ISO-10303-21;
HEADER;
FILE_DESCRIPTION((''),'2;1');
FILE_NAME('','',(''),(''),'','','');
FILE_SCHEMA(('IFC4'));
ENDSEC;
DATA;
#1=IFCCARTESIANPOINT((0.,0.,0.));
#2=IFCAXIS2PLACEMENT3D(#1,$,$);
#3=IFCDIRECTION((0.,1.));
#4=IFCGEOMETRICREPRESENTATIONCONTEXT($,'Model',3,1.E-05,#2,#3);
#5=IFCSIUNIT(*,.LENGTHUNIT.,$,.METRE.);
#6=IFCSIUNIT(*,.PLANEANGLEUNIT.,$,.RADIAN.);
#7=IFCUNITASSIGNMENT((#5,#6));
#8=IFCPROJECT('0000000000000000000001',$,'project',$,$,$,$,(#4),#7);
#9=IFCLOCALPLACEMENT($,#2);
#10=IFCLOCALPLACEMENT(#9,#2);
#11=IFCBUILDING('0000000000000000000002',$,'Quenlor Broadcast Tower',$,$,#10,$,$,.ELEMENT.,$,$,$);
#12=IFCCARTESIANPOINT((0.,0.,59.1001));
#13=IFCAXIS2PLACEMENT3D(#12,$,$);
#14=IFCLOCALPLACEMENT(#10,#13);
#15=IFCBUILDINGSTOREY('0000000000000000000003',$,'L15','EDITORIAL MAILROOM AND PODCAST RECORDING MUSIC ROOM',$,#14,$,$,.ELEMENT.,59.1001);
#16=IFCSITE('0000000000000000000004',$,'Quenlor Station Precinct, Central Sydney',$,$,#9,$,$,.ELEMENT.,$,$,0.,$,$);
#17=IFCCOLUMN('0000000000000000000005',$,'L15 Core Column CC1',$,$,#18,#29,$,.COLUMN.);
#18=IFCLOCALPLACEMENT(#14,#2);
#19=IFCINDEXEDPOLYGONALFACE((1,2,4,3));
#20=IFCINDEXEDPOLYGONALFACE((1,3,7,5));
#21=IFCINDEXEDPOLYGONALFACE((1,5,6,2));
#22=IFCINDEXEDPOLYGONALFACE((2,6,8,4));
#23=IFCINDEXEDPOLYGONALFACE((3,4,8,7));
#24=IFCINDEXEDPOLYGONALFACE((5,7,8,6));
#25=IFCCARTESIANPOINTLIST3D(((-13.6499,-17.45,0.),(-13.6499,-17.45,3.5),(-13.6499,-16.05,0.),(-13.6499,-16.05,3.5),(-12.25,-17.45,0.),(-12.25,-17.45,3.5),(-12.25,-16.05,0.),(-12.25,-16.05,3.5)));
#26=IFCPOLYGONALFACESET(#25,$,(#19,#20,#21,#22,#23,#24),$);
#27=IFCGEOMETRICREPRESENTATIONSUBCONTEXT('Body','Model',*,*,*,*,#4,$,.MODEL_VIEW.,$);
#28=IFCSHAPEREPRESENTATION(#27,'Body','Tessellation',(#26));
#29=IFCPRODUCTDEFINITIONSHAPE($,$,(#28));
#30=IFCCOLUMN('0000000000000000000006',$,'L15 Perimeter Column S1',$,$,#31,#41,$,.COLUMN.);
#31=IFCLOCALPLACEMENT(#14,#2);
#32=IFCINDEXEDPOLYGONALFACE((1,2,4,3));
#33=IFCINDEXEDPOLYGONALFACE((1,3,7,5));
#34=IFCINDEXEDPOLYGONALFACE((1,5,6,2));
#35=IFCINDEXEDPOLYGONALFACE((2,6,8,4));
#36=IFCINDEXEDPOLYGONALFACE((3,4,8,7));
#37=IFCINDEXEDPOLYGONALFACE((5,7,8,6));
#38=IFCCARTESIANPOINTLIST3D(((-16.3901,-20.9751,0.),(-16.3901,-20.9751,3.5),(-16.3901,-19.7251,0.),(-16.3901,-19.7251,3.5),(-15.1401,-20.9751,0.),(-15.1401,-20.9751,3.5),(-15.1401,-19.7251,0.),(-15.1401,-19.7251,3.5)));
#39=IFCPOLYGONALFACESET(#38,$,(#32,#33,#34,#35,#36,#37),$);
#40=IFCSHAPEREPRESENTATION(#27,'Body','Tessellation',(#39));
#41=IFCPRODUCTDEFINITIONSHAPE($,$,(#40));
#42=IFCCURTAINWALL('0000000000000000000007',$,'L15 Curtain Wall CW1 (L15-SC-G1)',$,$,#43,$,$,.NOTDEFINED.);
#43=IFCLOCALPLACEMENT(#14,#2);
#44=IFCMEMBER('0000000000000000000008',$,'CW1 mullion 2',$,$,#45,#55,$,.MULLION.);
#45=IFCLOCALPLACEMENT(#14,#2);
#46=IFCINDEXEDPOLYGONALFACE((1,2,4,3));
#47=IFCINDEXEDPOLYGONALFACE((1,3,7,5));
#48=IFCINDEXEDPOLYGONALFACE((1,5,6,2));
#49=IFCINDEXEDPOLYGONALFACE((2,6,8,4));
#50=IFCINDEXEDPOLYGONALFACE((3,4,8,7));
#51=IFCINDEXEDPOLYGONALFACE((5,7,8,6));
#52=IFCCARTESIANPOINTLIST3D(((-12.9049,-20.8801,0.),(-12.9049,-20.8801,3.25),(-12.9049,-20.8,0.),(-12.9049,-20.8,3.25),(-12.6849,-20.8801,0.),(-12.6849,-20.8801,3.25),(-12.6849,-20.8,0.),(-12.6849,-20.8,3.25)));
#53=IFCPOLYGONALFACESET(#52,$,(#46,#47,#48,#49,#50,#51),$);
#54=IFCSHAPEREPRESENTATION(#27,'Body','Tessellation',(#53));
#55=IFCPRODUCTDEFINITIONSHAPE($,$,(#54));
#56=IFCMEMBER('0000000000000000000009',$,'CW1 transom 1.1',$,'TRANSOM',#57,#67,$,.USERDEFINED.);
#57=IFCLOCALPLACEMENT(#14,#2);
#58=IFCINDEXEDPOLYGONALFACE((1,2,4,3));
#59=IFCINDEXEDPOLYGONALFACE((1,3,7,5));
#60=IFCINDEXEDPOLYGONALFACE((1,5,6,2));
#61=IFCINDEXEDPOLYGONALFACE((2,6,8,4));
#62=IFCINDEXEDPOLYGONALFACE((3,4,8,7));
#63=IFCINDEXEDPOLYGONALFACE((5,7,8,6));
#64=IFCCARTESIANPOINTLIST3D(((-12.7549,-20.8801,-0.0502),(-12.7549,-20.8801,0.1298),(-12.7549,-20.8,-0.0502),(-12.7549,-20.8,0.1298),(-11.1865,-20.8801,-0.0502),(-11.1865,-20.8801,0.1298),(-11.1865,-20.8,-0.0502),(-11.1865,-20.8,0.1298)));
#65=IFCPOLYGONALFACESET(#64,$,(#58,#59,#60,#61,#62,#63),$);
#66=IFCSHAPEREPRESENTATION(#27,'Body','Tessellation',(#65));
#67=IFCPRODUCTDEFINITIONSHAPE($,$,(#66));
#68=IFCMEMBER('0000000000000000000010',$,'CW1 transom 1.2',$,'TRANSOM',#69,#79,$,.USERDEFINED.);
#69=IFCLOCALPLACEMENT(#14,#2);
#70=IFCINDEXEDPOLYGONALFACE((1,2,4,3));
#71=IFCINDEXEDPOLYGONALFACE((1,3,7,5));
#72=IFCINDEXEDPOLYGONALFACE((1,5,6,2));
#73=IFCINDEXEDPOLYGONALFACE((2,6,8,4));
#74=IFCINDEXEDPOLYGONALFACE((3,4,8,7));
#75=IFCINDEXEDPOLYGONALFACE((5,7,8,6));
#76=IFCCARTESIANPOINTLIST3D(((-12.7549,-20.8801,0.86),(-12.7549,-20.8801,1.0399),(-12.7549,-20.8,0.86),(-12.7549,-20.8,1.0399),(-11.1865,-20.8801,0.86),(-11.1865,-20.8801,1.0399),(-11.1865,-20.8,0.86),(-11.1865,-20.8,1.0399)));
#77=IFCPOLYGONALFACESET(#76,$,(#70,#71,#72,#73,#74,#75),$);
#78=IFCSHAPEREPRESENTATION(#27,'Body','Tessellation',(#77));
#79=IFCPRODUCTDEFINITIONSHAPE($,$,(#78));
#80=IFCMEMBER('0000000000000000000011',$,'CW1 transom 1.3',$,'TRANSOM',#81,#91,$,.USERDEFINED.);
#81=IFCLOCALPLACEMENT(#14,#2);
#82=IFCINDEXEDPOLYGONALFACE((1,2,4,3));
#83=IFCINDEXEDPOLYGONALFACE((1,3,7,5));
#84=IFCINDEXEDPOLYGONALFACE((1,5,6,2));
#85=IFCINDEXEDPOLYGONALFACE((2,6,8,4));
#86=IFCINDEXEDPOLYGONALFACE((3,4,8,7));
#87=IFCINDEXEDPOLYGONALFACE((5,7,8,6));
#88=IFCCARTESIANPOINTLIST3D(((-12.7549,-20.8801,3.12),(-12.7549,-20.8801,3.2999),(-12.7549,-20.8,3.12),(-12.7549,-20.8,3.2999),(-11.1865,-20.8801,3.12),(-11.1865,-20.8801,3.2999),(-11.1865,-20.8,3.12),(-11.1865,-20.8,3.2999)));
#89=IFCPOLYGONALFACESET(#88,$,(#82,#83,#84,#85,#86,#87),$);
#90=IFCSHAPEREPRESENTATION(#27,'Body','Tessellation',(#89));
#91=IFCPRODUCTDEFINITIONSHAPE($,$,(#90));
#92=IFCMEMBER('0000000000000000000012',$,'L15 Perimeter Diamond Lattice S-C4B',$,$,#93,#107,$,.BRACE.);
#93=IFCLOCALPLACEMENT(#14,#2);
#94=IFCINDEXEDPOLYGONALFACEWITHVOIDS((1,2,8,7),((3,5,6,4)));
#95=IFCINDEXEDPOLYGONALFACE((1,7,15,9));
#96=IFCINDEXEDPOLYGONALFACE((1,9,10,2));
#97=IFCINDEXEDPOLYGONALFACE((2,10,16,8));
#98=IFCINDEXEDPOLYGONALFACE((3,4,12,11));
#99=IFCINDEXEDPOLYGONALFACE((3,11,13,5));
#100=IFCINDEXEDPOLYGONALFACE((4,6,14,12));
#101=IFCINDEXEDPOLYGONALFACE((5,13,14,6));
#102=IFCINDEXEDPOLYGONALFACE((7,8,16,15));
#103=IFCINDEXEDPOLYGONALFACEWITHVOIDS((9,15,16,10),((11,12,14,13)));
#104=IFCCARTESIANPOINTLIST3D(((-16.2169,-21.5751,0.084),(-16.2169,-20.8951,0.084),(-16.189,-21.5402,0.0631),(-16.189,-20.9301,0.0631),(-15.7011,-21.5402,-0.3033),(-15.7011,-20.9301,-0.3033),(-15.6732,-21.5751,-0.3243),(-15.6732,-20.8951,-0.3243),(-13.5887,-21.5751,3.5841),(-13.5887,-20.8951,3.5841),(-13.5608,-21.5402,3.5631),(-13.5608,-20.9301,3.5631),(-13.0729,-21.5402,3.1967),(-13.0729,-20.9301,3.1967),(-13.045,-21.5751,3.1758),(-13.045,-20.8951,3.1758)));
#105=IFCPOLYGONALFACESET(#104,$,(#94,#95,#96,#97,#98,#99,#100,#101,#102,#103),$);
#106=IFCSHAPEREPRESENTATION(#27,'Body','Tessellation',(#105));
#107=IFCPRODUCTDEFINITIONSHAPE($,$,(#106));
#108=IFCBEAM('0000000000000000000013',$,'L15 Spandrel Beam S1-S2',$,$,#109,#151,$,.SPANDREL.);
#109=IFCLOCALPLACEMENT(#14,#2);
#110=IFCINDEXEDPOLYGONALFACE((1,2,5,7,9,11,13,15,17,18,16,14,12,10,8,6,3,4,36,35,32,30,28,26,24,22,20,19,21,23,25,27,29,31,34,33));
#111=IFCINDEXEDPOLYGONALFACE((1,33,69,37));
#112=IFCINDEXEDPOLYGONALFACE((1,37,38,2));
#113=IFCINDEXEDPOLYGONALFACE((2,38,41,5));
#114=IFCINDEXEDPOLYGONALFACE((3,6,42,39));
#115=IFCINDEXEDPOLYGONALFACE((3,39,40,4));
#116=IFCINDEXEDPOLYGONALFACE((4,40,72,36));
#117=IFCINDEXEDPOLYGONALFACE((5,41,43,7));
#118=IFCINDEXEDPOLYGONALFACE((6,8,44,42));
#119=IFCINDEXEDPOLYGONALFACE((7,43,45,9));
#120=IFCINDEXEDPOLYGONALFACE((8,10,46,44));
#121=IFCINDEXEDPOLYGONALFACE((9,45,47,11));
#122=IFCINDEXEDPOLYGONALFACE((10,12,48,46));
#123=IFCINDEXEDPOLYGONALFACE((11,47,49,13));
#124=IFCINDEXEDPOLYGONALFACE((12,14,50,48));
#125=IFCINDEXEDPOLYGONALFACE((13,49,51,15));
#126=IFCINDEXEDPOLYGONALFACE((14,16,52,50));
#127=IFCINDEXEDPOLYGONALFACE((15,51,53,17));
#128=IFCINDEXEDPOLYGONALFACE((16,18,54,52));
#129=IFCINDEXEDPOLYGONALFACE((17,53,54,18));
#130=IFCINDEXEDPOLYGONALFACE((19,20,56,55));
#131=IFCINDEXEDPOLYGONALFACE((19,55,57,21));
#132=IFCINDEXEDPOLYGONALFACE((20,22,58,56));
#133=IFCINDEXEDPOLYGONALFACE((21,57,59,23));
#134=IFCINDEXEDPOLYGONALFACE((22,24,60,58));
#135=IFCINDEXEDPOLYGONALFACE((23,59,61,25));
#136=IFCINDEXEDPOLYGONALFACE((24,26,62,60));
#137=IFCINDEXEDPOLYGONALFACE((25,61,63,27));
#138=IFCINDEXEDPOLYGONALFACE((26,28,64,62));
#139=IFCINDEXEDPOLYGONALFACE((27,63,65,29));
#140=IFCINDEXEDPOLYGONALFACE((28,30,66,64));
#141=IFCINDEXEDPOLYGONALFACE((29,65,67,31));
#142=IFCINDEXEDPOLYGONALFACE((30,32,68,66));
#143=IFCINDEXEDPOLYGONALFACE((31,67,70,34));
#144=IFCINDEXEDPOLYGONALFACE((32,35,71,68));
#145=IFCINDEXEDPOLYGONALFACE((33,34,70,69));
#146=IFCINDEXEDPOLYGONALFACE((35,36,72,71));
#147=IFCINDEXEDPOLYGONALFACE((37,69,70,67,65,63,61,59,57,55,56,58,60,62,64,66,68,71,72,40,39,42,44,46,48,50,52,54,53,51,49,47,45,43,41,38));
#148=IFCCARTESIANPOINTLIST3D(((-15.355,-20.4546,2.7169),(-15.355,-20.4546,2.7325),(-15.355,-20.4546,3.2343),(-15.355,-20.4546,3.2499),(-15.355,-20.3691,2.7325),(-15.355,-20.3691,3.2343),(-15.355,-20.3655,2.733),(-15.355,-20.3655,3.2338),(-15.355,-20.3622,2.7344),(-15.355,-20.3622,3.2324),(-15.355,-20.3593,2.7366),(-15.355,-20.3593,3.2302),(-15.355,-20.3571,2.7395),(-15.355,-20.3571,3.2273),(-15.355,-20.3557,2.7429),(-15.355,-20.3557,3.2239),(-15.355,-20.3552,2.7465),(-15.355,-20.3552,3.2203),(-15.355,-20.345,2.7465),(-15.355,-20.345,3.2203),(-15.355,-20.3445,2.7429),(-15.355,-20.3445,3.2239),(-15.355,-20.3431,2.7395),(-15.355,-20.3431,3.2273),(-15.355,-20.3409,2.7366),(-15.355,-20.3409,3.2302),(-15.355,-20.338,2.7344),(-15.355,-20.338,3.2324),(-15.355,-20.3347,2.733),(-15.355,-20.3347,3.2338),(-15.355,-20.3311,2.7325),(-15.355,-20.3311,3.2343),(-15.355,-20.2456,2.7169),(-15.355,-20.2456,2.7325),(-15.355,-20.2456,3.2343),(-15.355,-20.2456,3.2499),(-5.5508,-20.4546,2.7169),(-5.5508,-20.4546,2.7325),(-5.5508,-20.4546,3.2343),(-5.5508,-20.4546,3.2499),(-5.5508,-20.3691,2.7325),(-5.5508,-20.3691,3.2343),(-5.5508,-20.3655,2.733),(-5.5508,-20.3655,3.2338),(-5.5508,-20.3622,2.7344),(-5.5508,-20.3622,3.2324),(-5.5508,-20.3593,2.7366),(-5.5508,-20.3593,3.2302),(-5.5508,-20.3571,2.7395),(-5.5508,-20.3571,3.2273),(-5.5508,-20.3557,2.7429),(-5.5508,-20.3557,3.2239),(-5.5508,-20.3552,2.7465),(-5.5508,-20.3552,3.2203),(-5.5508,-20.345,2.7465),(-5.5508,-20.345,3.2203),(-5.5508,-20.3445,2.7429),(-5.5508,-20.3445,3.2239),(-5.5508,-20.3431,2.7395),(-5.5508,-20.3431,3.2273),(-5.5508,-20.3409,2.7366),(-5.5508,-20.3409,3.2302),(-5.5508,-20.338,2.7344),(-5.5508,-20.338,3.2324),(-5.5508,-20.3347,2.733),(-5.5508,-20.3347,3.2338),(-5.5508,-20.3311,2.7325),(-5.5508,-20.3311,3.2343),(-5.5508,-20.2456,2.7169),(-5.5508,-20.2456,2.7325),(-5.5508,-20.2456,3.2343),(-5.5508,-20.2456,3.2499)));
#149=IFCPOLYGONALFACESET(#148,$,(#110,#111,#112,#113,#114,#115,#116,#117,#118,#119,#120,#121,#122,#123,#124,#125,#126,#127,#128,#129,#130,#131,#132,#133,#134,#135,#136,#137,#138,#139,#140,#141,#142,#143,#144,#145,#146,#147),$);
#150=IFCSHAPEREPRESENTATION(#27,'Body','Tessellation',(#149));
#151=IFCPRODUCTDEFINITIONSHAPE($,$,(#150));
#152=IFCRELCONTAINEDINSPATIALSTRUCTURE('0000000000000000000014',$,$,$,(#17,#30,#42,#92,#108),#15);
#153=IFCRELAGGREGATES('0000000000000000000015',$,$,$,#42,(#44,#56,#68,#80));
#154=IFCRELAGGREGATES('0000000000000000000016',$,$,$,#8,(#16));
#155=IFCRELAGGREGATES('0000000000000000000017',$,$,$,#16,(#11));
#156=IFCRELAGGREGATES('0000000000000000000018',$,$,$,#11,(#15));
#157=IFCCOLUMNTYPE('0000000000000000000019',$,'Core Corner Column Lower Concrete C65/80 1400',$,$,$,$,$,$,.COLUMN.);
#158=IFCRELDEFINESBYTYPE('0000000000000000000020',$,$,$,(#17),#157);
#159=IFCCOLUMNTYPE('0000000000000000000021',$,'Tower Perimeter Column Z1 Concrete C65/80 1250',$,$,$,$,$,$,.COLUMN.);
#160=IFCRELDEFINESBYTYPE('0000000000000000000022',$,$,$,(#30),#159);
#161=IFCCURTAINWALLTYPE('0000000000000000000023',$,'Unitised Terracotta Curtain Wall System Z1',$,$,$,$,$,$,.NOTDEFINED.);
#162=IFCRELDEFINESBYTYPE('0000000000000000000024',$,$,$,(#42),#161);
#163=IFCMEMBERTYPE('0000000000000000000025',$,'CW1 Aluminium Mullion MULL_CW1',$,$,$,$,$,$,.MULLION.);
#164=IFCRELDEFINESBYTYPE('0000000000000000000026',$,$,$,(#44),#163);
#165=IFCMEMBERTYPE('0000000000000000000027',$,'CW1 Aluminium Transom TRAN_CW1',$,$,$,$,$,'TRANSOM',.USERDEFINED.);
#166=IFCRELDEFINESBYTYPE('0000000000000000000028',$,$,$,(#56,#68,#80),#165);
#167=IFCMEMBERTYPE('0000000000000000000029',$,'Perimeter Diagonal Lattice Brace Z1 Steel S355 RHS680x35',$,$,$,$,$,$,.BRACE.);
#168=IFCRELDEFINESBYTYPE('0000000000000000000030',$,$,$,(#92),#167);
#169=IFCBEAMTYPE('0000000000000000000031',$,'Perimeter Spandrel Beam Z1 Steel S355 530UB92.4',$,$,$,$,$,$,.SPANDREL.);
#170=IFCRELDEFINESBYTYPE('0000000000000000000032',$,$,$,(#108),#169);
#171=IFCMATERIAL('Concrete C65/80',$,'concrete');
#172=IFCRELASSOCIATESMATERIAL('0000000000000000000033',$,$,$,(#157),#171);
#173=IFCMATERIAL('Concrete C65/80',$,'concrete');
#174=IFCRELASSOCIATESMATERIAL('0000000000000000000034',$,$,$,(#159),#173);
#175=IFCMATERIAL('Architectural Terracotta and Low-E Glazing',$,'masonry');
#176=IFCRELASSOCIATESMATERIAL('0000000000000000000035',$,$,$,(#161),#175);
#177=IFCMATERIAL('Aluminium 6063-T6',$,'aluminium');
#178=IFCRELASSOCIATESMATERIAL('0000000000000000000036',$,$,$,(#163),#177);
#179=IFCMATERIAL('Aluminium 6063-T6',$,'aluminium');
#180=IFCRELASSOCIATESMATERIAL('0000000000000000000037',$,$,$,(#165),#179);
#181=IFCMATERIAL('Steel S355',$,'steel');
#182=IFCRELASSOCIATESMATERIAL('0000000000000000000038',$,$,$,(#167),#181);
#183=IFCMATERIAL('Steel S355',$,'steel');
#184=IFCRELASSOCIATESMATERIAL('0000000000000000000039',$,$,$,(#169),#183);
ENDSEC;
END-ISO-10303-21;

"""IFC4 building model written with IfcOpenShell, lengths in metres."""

from ifc_helpers import new_model, si_unit, direction, frame, origin, origin_2d, place, context, subcontext, project, spatial, rectangle, hollow_rectangle, i_section, extrude, material, material_profile, profile_set, type_object, element, aggregate, save


model = new_model("IFC4")

# Units and contexts
model_context = context("Model", 3, precision=1e-05, world=origin(), true_north=direction((0.0, 1.0)))
body_context = subcontext(model_context, "Body", "Model", "MODEL_VIEW")
ifc_project = project(units=[si_unit("LENGTHUNIT", "METRE"), si_unit("PLANEANGLEUNIT", "RADIAN")], contexts=[model_context])

# Site, building, storey
site_placement = place(None, origin())
site = spatial("IfcSite", under=ifc_project, at=site_placement, Name="Quenlor Station Precinct, Central Sydney", CompositionType="ELEMENT", RefElevation=0.0)
building_placement = place(site_placement, origin())
building = spatial("IfcBuilding", under=site, at=building_placement, Name="Quenlor Broadcast Tower", CompositionType="ELEMENT")
storey_placement = place(building_placement, frame((0.0, 0.0, 59.1001)))
storey = spatial("IfcBuildingStorey", under=building, at=storey_placement, Name="L15", Description="EDITORIAL MAILROOM AND PODCAST RECORDING MUSIC ROOM", CompositionType="ELEMENT", Elevation=59.1001)

# Columns
ifc_material_1 = material(Name="Concrete C65/80", Category="concrete")
ifc_material_profile_1 = material_profile(ifc_material_1, rectangle(XDim=1.3999, YDim=1.3999, at=origin_2d()))
ifc_profile_set_1 = profile_set([ifc_material_profile_1], Name="Concrete C65/80 RC1400x1400")
column_type_1 = type_object("IfcColumnType", Name="Core Corner Column Lower Concrete C65/80 1400", PredefinedType="COLUMN", material=ifc_profile_set_1)
column_1_placement = place(storey_placement, frame((-12.95, -16.75, 0.0), z_axis=(0.0, 0.0, 1.0), x_axis=(1.0, 0.0, 0.0)))
element("IfcColumn", 1, at=column_1_placement, inside=storey, type_object=column_type_1, Name="L15 Core Column CC1", PredefinedType="COLUMN", context=body_context, shape_type="SweptSolid", body=[
    extrude(rectangle(XDim=1.3999, YDim=1.3999, at=origin_2d()), origin(), (0.0, 0.0, 1.0), 3.5),
])
ifc_material_2 = material(Name="Concrete C65/80", Category="concrete")
ifc_material_profile_2 = material_profile(ifc_material_2, rectangle(XDim=1.25, YDim=1.25, at=origin_2d()))
ifc_profile_set_2 = profile_set([ifc_material_profile_2], Name="Concrete C65/80 RC1250x1250")
column_type_2 = type_object("IfcColumnType", Name="Tower Perimeter Column Z1 Concrete C65/80 1250", PredefinedType="COLUMN", material=ifc_profile_set_2)
column_2_placement = place(storey_placement, frame((-15.7651, -20.3501, 0.0), z_axis=(0.0, 0.0, 1.0), x_axis=(0.0, 1.0, 0.0)))
element("IfcColumn", 2, at=column_2_placement, inside=storey, type_object=column_type_2, Name="L15 Perimeter Column S1", PredefinedType="COLUMN", context=body_context, shape_type="SweptSolid", body=[
    extrude(rectangle(XDim=1.25, YDim=1.25, at=origin_2d()), origin(), (0.0, 0.0, 1.0), 3.5),
])

# Curtain wall, members
ifc_material_3 = material(Name="Architectural Terracotta and Low-E Glazing", Category="masonry")
curtain_wall_type = type_object("IfcCurtainWallType", Name="Unitised Terracotta Curtain Wall System Z1", PredefinedType="NOTDEFINED", material=ifc_material_3)
curtain_wall_placement = place(storey_placement, origin())
curtain_wall = element("IfcCurtainWall", 3, at=curtain_wall_placement, inside=storey, type_object=curtain_wall_type, Name="L15 Curtain Wall CW1 (L15-SC-G1)", PredefinedType="NOTDEFINED")
ifc_material_4 = material(Name="Aluminium 6063-T6", Category="aluminium")
ifc_material_profile_3 = material_profile(ifc_material_4, rectangle(XDim=0.0801, YDim=0.22, at=origin_2d()))
ifc_profile_set_3 = profile_set([ifc_material_profile_3], Name="Aluminium 6063-T6 MULL80x220")
member_type_1 = type_object("IfcMemberType", Name="CW1 Aluminium Mullion MULL_CW1", PredefinedType="MULLION", material=ifc_profile_set_3)
member_1_placement = place(storey_placement, frame((-12.7949, -20.8401, 0.0), z_axis=(0.0, 0.0, 1.0), x_axis=(0.0, -1.0, 0.0)))
member_1 = element("IfcMember", 4, at=member_1_placement, type_object=member_type_1, Name="CW1 mullion 2", PredefinedType="MULLION", context=body_context, shape_type="SweptSolid", body=[
    extrude(rectangle(XDim=0.0801, YDim=0.22, at=origin_2d()), origin(), (0.0, 0.0, 1.0), 3.25),
])
ifc_material_5 = material(Name="Aluminium 6063-T6", Category="aluminium")
ifc_material_profile_4 = material_profile(ifc_material_5, rectangle(XDim=0.0801, YDim=0.1799, at=origin_2d()))
ifc_profile_set_4 = profile_set([ifc_material_profile_4], Name="Aluminium 6063-T6 TRAN80x180")
member_type_2 = type_object("IfcMemberType", Name="CW1 Aluminium Transom TRAN_CW1", ElementType="TRANSOM", PredefinedType="USERDEFINED", material=ifc_profile_set_4)
member_2_placement = place(storey_placement, frame((-11.1865, -20.8401, 0.0398), z_axis=(-1.0, 0.0, 0.0), x_axis=(0.0, -1.0, 0.0)))
member_2 = element("IfcMember", 5, at=member_2_placement, type_object=member_type_2, Name="CW1 transom 1.1", ObjectType="TRANSOM", PredefinedType="USERDEFINED", context=body_context, shape_type="SweptSolid", body=[
    extrude(rectangle(XDim=0.0801, YDim=0.1799, at=origin_2d()), origin(), (0.0, 0.0, 1.0), 1.5684),
])
member_3_placement = place(storey_placement, frame((-11.1865, -20.8401, 0.95), z_axis=(-1.0, 0.0, 0.0), x_axis=(0.0, -1.0, 0.0)))
member_3 = element("IfcMember", 6, at=member_3_placement, type_object=member_type_2, Name="CW1 transom 1.2", ObjectType="TRANSOM", PredefinedType="USERDEFINED", context=body_context, shape_type="SweptSolid", body=[
    extrude(rectangle(XDim=0.0801, YDim=0.1799, at=origin_2d()), origin(), (0.0, 0.0, 1.0), 1.5684),
])
member_4_placement = place(storey_placement, frame((-11.1865, -20.8401, 3.21), z_axis=(-1.0, 0.0, 0.0), x_axis=(0.0, -1.0, 0.0)))
member_4 = element("IfcMember", 7, at=member_4_placement, type_object=member_type_2, Name="CW1 transom 1.3", ObjectType="TRANSOM", PredefinedType="USERDEFINED", context=body_context, shape_type="SweptSolid", body=[
    extrude(rectangle(XDim=0.0801, YDim=0.1799, at=origin_2d()), origin(), (0.0, 0.0, 1.0), 1.5684),
])

# Member
ifc_material_6 = material(Name="Steel S355", Category="steel")
ifc_material_profile_5 = material_profile(ifc_material_6, hollow_rectangle(XDim=0.6799, YDim=0.6799, WallThickness=0.0349, at=origin_2d()))
ifc_profile_set_5 = profile_set([ifc_material_profile_5], Name="Steel S355 RHS680x680x35")
member_type_3 = type_object("IfcMemberType", Name="Perimeter Diagonal Lattice Brace Z1 Steel S355 RHS680x35", PredefinedType="BRACE", material=ifc_profile_set_5)
member_5_placement = place(storey_placement, frame((-15.9451, -21.2351, -0.1201), z_axis=(0.600464, 0.0, 0.799652), x_axis=(0.0, 1.0, 0.0)))
element("IfcMember", 8, at=member_5_placement, inside=storey, type_object=member_type_3, Name="L15 Perimeter Diamond Lattice S-C4B", PredefinedType="BRACE", context=body_context, shape_type="SweptSolid", body=[
    extrude(hollow_rectangle(XDim=0.6799, YDim=0.6799, WallThickness=0.0349, at=origin_2d()), origin(), (0.0, 0.0, 1.0), 4.377),
])

# Beam
ifc_material_7 = material(Name="Steel S355", Category="steel")
ifc_material_profile_6 = material_profile(ifc_material_7, i_section(OverallWidth=0.209, OverallDepth=0.533, WebThickness=0.0103, FlangeThickness=0.0156, FilletRadius=0.0139, at=origin_2d()))
ifc_profile_set_6 = profile_set([ifc_material_profile_6], Name="Steel S355 530UB92.4")
beam_type_1 = type_object("IfcBeamType", Name="Perimeter Spandrel Beam Z1 Steel S355 530UB92.4", PredefinedType="SPANDREL", material=ifc_profile_set_6)
beam_1_placement = place(storey_placement, frame((-15.355, -20.3501, 2.9834), z_axis=(1.0, 0.0, 0.0), x_axis=(0.0, 1.0, 0.0)))
element("IfcBeam", 9, at=beam_1_placement, inside=storey, type_object=beam_type_1, Name="L15 Spandrel Beam S1-S2", PredefinedType="SPANDREL", context=body_context, shape_type="SweptSolid", body=[
    extrude(i_section(OverallWidth=0.209, OverallDepth=0.533, WebThickness=0.0103, FlangeThickness=0.0156, FilletRadius=0.0139, at=origin_2d()), origin(), (0.0, 0.0, 1.0), 9.8042),
])

aggregate(curtain_wall, [member_1, member_2, member_3, member_4])

save(model, "model.ifc")
